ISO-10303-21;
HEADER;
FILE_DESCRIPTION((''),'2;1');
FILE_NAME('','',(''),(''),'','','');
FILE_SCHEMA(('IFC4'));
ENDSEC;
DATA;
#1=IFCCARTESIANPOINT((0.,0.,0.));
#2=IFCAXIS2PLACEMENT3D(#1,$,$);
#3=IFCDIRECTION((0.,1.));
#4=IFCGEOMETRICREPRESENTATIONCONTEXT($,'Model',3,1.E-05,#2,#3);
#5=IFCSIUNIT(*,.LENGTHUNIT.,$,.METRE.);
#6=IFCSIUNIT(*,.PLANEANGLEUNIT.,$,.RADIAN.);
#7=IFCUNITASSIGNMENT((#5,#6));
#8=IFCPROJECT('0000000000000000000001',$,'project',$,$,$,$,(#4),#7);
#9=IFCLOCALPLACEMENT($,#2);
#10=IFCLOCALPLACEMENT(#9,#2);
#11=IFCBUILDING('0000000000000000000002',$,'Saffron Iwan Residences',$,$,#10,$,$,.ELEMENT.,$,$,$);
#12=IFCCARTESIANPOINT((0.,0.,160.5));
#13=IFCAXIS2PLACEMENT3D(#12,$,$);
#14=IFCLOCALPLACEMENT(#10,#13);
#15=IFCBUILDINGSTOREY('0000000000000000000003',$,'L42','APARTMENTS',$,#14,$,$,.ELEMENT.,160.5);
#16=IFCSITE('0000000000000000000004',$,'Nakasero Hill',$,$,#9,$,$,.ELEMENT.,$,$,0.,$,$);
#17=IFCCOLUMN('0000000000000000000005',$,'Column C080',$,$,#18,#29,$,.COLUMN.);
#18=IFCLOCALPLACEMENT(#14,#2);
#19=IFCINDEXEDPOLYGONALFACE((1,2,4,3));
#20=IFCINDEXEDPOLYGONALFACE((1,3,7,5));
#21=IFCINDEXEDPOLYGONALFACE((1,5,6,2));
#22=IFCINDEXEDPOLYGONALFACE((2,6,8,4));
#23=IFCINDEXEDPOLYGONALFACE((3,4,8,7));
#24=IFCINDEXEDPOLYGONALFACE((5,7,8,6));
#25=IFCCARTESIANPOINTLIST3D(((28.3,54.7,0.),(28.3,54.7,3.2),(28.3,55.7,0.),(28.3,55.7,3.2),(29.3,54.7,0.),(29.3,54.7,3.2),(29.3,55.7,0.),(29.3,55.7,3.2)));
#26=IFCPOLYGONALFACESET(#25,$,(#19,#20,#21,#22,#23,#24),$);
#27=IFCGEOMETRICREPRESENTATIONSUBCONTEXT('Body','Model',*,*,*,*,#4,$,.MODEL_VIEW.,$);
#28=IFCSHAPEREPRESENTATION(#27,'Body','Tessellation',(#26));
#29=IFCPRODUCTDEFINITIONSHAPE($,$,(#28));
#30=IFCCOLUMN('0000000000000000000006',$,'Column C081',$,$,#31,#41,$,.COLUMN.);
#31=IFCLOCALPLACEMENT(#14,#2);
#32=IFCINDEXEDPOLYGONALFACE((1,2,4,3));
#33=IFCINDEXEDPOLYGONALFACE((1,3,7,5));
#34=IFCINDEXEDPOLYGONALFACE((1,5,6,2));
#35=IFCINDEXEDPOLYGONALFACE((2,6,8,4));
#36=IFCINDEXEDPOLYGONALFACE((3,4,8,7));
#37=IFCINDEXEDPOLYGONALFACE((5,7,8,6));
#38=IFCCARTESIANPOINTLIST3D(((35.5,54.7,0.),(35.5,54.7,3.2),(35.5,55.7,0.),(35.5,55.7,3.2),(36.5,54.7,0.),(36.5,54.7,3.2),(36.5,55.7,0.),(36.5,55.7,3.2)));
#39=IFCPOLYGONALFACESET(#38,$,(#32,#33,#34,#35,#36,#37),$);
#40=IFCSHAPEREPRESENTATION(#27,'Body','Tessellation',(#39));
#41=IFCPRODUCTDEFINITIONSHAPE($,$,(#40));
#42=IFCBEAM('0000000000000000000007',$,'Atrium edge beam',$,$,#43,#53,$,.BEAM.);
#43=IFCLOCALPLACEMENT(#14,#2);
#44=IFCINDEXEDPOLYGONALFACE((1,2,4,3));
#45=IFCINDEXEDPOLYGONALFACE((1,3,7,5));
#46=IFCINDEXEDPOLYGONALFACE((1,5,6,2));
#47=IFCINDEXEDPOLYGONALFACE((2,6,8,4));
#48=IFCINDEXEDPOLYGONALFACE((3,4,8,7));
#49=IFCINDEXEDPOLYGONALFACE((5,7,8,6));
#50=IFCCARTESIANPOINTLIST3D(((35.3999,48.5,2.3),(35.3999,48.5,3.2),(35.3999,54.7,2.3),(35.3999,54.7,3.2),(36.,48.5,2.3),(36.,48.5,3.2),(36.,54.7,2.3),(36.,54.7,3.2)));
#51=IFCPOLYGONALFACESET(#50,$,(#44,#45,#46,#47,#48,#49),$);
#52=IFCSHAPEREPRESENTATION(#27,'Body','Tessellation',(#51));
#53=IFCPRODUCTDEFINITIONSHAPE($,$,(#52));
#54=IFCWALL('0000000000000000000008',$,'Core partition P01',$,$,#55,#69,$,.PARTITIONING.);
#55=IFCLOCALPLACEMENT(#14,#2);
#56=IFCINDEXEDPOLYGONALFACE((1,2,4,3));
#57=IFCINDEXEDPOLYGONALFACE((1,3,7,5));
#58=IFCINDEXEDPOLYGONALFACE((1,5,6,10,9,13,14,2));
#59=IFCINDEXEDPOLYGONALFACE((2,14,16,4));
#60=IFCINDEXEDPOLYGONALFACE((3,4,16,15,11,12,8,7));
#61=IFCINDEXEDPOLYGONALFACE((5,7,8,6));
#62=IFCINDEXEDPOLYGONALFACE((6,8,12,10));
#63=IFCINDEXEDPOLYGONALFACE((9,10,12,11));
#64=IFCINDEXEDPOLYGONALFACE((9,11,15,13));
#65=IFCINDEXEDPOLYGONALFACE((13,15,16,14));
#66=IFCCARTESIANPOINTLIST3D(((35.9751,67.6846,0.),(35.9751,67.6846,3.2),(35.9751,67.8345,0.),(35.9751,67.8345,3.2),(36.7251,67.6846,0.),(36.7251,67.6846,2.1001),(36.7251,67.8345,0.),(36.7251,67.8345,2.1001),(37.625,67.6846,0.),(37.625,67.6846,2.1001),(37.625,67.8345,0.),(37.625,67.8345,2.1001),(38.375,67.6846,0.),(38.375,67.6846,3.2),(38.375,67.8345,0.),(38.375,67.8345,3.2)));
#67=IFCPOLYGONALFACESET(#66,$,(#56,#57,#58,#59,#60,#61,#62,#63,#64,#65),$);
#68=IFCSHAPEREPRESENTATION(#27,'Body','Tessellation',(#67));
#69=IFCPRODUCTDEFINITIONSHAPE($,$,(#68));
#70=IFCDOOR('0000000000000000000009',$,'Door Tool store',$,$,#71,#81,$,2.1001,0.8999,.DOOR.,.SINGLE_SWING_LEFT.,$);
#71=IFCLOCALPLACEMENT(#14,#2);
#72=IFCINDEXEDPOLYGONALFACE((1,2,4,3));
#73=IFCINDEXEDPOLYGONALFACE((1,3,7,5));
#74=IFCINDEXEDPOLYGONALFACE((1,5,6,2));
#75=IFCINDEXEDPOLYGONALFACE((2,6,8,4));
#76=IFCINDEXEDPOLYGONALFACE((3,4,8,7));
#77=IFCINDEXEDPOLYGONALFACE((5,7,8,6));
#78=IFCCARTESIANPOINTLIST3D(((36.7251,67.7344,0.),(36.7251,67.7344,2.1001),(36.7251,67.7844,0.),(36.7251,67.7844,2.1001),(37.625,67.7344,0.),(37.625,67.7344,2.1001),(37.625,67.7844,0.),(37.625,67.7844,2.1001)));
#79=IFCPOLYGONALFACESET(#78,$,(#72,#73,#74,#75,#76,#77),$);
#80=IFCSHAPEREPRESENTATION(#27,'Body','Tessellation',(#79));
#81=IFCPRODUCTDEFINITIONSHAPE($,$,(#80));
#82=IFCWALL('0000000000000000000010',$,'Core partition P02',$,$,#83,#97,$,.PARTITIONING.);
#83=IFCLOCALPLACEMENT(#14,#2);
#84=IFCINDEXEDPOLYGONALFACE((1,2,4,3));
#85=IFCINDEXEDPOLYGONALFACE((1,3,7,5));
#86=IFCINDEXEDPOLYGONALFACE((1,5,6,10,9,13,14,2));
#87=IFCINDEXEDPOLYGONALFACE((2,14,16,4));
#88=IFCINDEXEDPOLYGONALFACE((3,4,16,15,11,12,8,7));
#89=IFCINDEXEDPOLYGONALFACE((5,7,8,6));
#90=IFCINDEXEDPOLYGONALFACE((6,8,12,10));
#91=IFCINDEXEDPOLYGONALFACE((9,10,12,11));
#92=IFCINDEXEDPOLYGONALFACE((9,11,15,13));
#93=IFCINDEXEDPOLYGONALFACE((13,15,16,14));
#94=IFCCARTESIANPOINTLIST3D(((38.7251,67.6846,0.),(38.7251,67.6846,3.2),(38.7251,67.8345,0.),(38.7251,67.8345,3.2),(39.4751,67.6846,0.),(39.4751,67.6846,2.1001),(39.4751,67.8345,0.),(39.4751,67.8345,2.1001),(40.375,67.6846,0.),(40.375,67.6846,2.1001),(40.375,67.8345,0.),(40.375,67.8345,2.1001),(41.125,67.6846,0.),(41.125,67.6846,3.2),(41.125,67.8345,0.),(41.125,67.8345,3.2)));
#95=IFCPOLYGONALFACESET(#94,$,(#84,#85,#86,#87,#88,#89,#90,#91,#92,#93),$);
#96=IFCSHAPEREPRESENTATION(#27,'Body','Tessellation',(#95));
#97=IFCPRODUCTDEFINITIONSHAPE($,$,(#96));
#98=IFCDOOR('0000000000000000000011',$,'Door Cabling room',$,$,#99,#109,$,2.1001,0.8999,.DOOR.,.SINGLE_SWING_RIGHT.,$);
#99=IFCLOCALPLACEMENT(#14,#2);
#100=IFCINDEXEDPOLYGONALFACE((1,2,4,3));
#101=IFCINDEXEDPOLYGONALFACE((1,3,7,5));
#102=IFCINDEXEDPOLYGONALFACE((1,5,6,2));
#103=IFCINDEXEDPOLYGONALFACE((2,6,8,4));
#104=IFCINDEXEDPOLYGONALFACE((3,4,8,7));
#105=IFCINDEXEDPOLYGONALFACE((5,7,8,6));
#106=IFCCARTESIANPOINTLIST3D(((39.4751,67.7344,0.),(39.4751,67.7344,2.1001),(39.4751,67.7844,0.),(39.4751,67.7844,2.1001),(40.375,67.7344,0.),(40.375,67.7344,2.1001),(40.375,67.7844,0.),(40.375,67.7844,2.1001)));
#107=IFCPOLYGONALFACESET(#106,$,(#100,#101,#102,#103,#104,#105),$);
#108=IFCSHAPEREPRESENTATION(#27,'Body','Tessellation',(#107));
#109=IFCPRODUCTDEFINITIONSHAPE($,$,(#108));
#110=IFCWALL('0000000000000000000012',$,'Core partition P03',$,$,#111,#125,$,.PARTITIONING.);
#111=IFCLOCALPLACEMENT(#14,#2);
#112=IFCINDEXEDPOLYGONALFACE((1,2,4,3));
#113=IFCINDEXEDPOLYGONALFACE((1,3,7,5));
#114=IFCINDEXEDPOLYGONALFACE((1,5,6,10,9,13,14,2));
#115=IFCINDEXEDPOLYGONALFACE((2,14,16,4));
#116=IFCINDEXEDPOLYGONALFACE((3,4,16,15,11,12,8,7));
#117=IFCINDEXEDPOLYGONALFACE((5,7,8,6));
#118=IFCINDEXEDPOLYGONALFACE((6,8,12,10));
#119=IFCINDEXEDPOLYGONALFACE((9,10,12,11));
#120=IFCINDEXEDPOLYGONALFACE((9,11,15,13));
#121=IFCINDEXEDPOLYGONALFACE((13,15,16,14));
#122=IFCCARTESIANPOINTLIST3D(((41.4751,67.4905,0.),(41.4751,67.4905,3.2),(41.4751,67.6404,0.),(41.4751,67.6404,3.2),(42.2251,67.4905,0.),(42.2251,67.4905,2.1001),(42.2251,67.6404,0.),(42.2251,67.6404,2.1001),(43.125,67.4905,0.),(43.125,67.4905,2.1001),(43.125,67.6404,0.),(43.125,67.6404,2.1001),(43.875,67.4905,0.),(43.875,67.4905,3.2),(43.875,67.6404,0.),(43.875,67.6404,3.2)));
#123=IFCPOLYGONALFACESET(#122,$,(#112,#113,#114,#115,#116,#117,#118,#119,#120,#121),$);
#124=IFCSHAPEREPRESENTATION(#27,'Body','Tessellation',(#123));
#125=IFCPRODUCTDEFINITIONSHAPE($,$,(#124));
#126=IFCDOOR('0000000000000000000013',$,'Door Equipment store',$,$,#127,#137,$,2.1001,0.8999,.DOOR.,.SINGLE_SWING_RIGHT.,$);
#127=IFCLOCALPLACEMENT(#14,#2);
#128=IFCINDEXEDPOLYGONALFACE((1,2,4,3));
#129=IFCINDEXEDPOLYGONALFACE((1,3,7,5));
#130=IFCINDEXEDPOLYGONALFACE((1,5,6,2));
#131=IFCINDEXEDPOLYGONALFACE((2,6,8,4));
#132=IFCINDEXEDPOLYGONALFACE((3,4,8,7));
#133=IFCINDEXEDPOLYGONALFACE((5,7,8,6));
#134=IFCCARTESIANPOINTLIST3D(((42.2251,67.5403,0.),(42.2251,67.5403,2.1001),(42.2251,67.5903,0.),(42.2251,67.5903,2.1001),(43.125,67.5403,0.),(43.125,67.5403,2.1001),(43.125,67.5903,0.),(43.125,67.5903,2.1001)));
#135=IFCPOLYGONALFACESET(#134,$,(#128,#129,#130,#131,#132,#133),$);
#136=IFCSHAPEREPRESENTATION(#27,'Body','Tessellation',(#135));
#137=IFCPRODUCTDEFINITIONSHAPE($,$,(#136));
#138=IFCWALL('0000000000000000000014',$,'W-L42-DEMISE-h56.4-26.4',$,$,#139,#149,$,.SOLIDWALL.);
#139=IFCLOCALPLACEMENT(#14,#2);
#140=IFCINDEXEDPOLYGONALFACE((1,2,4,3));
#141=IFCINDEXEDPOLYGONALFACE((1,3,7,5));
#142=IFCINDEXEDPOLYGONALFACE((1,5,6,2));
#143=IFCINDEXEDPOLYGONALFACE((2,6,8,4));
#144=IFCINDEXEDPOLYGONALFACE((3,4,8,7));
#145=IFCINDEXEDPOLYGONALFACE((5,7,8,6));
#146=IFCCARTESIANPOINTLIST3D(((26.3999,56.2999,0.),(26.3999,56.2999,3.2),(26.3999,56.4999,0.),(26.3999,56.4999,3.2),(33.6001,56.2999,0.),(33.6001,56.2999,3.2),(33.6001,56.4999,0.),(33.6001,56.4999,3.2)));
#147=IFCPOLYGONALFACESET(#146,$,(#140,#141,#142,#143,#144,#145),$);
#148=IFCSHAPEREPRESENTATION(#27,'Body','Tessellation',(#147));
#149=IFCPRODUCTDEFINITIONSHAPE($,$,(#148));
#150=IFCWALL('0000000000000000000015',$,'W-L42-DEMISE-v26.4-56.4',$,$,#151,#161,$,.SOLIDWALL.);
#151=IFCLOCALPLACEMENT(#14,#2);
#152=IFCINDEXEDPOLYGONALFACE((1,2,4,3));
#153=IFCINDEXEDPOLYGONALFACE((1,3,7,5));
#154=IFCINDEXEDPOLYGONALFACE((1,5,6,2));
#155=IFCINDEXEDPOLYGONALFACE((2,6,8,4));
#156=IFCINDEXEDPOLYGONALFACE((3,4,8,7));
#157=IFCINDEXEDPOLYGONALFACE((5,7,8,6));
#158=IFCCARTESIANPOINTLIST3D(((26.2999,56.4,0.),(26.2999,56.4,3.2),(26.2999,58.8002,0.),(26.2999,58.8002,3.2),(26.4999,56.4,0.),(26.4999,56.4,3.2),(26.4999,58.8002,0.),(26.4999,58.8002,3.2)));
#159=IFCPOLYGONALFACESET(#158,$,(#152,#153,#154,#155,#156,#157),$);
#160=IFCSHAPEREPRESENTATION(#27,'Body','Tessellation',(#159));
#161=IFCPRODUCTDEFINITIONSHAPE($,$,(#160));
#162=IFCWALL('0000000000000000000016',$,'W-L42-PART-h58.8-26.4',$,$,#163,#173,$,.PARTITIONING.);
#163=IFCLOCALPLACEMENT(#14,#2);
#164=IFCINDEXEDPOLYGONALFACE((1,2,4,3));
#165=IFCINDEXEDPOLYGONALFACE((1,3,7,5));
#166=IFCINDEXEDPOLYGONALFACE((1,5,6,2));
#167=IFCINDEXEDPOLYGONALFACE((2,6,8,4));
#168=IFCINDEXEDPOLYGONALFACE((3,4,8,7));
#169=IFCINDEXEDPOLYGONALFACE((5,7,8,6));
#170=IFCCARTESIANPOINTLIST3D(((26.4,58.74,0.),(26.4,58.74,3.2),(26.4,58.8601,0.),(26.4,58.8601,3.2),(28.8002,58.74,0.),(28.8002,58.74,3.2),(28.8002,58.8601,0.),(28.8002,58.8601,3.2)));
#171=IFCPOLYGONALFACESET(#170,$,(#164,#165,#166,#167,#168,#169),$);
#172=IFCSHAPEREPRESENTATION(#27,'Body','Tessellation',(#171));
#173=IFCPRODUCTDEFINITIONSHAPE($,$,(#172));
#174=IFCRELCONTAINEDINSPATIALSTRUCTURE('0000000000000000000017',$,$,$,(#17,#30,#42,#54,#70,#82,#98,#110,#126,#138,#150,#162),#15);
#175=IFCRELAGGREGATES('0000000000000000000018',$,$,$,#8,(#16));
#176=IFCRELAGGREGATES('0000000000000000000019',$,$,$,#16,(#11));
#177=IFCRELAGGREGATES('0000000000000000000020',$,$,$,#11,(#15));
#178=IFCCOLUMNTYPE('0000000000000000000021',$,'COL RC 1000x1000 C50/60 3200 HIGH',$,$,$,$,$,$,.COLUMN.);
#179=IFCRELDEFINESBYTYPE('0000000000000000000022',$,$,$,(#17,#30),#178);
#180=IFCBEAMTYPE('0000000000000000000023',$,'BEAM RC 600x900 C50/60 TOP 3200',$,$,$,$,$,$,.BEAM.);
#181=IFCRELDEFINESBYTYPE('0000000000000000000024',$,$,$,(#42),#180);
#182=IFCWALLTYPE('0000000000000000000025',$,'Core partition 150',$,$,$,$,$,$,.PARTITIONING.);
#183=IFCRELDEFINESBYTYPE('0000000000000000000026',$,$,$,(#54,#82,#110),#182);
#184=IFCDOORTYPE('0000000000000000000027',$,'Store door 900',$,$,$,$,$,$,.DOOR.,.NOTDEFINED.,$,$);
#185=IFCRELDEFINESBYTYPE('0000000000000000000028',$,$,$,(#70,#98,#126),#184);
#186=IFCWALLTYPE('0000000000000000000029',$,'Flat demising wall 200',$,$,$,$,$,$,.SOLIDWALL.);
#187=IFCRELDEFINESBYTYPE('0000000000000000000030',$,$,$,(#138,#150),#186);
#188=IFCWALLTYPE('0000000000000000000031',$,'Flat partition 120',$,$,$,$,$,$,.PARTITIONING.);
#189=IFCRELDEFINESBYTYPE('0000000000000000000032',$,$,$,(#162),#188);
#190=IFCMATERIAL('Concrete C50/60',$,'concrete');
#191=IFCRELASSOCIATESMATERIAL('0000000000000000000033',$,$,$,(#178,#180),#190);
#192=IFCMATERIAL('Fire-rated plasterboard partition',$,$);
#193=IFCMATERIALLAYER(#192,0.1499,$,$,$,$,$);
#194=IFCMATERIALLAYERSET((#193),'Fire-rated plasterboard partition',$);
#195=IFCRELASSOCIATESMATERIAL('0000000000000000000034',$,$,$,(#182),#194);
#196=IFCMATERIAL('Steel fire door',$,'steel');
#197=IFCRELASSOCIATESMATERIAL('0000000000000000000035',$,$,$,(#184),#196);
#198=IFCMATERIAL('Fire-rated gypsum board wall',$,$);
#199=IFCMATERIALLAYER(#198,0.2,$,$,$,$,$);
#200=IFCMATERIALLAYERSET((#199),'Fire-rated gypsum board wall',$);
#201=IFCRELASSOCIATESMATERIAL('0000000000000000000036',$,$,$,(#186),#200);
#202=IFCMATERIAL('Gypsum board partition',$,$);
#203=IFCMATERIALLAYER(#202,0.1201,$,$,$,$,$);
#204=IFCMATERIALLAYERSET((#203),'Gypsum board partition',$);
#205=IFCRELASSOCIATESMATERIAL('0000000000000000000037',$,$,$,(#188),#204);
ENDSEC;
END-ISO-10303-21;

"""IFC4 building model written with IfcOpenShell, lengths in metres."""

from ifc_helpers import new_model, si_unit, direction, frame, frame_2d, origin, origin_2d, place, context, subcontext, project, spatial, rectangle, extrude, source, transform, mapped, material, layer, layer_set, material_profile, profile_set, type_object, element, fill, save


model = new_model("IFC4")

# Units and contexts
model_context = context("Model", 3, precision=1e-05, world=origin(), true_north=direction((0.0, 1.0)))
body_context = subcontext(model_context, "Body", "Model", "MODEL_VIEW")
ifc_project = project(units=[si_unit("LENGTHUNIT", "METRE"), si_unit("PLANEANGLEUNIT", "RADIAN")], contexts=[model_context])

# Site, building, storey
site_placement = place(None, origin())
site = spatial("IfcSite", under=ifc_project, at=site_placement, Name="Nakasero Hill", CompositionType="ELEMENT", RefElevation=0.0)
building_placement = place(site_placement, origin())
building = spatial("IfcBuilding", under=site, at=building_placement, Name="Saffron Iwan Residences", CompositionType="ELEMENT")
storey_placement = place(building_placement, frame((0.0, 0.0, 160.5)))
storey = spatial("IfcBuildingStorey", under=building, at=storey_placement, Name="L42", Description="APARTMENTS", CompositionType="ELEMENT", Elevation=160.5)

# Columns
ifc_material_1 = material(Name="Concrete C50/60", Category="concrete")
ifc_material_profile_1 = material_profile(ifc_material_1, rectangle(XDim=1.0, YDim=1.0, at=origin_2d()), Name="RC 1000x1000")
ifc_profile_set_1 = profile_set([ifc_material_profile_1], Name="Concrete C50/60")
column_type = type_object("IfcColumnType", Name="COL RC 1000x1000 C50/60 3200 HIGH", PredefinedType="COLUMN", material=ifc_profile_set_1)
shared_shape_1 = source(origin(), body_context, "Body", "SweptSolid", [
    extrude(rectangle(XDim=1.0, YDim=1.0, at=origin_2d()), origin(), (0.0, 0.0, 1.0), 3.2),
])
for number, where, z_axis, x_axis, name in (
    (1, (28.8, 55.2, 0.0), (0.0, 0.0, 1.0), (1.0, 0.0, 0.0), "Column C080"),
    (2, (36.0, 55.2, 0.0), (0.0, 0.0, 1.0), (1.0, 0.0, 0.0), "Column C081"),
):
    element("IfcColumn", number, at=place(storey_placement, frame(where, z_axis=z_axis, x_axis=x_axis)), inside=storey, type_object=column_type, Name=name, PredefinedType="COLUMN", context=body_context, shape_type="MappedRepresentation", body=[
        mapped(shared_shape_1, transform((0.0, 0.0, 0.0))),
    ])

# Beam
ifc_material_profile_2 = material_profile(ifc_material_1, rectangle(XDim=0.6001, YDim=0.8999, at=origin_2d()), Name="RC 600x900")
ifc_profile_set_2 = profile_set([ifc_material_profile_2], Name="Concrete C50/60")
beam_type = type_object("IfcBeamType", Name="BEAM RC 600x900 C50/60 TOP 3200", PredefinedType="BEAM", material=ifc_profile_set_2)
shared_shape_2 = source(origin(), body_context, "Body", "SweptSolid", [
    extrude(rectangle(XDim=0.6001, YDim=0.8999, at=origin_2d()), origin(), (0.0, 0.0, 1.0), 6.2),
])
beam_placement = place(storey_placement, frame((35.7, 48.5, 2.75), z_axis=(0.0, 1.0, 0.0), x_axis=(-1.0, 0.0, 0.0)))
element("IfcBeam", 3, at=beam_placement, inside=storey, type_object=beam_type, Name="Atrium edge beam", PredefinedType="BEAM", context=body_context, shape_type="MappedRepresentation", body=[
    mapped(shared_shape_2, transform((0.0, 0.0, 0.0))),
])

# Walls, openings, doors
ifc_material_2 = material(Name="Fire-rated plasterboard partition")
ifc_layer_1 = layer(ifc_material_2, 0.1499)
ifc_layer_set_1 = layer_set([ifc_layer_1], Name="Fire-rated plasterboard partition")
wall_type_1 = type_object("IfcWallType", Name="Core partition 150", PredefinedType="PARTITIONING", material=ifc_layer_set_1)
wall_1_placement = place(storey_placement, frame((35.9751, 67.7595, 0.0), z_axis=(0.0, 0.0, 1.0), x_axis=(1.0, 0.0, 0.0)))
wall_1 = element("IfcWall", 4, at=wall_1_placement, inside=storey, type_object=wall_type_1, Name="Core partition P01", PredefinedType="PARTITIONING", context=body_context, shape_type="SweptSolid", body=[
    extrude(rectangle(XDim=2.3999, YDim=0.1499, at=frame_2d((1.2, 0.0))), origin(), (0.0, 0.0, 1.0), 3.2),
])
opening_1_placement = place(wall_1_placement, frame((0.75, 0.0, 0.0)))
opening_1 = element("IfcOpeningElement", 5, at=opening_1_placement, cuts=wall_1, PredefinedType="OPENING", context=body_context, shape_type="SweptSolid", body=[
    extrude(rectangle(XDim=0.8999, YDim=2.1001, at=frame_2d((0.45, 1.05))), frame((0.0, 0.085, 0.0), z_axis=(0.0, -1.0, 0.0), x_axis=(1.0, 0.0, 0.0)), (0.0, 0.0, 1.0), 0.1699),
])
ifc_material_3 = material(Name="Steel fire door", Category="steel")
door_type_1 = type_object("IfcDoorType", Name="Store door 900", OperationType="NOTDEFINED", PredefinedType="DOOR", material=ifc_material_3)
door_1_placement = place(opening_1_placement, origin())
door_1 = element("IfcDoor", 6, at=door_1_placement, inside=storey, type_object=door_type_1, Name="Door Tool store", OperationType="SINGLE_SWING_LEFT", OverallHeight=2.1001, OverallWidth=0.8999, PredefinedType="DOOR", context=body_context, shape_type="SweptSolid", body=[
    extrude(rectangle(XDim=0.8999, YDim=2.1001, at=frame_2d((0.45, 1.05))), frame((0.0, 0.0249, 0.0), z_axis=(0.0, -1.0, 0.0), x_axis=(1.0, 0.0, 0.0)), (0.0, 0.0, 1.0), 0.05),
])
fill(opening_1, door_1)
wall_2_placement = place(storey_placement, frame((38.7251, 67.7595, 0.0), z_axis=(0.0, 0.0, 1.0), x_axis=(1.0, 0.0, 0.0)))
wall_2 = element("IfcWall", 7, at=wall_2_placement, inside=storey, type_object=wall_type_1, Name="Core partition P02", PredefinedType="PARTITIONING", context=body_context, shape_type="SweptSolid", body=[
    extrude(rectangle(XDim=2.3999, YDim=0.1499, at=frame_2d((1.2, 0.0))), origin(), (0.0, 0.0, 1.0), 3.2),
])
opening_2_placement = place(wall_2_placement, frame((0.75, 0.0, 0.0)))
opening_2 = element("IfcOpeningElement", 8, at=opening_2_placement, cuts=wall_2, PredefinedType="OPENING", context=body_context, shape_type="SweptSolid", body=[
    extrude(rectangle(XDim=0.8999, YDim=2.1001, at=frame_2d((0.45, 1.05))), frame((0.0, 0.085, 0.0), z_axis=(0.0, -1.0, 0.0), x_axis=(1.0, 0.0, 0.0)), (0.0, 0.0, 1.0), 0.1699),
])
door_2_placement = place(opening_2_placement, origin())
door_2 = element("IfcDoor", 9, at=door_2_placement, inside=storey, type_object=door_type_1, Name="Door Cabling room", OperationType="SINGLE_SWING_RIGHT", OverallHeight=2.1001, OverallWidth=0.8999, PredefinedType="DOOR", context=body_context, shape_type="SweptSolid", body=[
    extrude(rectangle(XDim=0.8999, YDim=2.1001, at=frame_2d((0.45, 1.05))), frame((0.0, 0.0249, 0.0), z_axis=(0.0, -1.0, 0.0), x_axis=(1.0, 0.0, 0.0)), (0.0, 0.0, 1.0), 0.05),
])
fill(opening_2, door_2)
wall_3_placement = place(storey_placement, frame((41.4751, 67.5654, 0.0), z_axis=(0.0, 0.0, 1.0), x_axis=(1.0, 0.0, 0.0)))
wall_3 = element("IfcWall", 10, at=wall_3_placement, inside=storey, type_object=wall_type_1, Name="Core partition P03", PredefinedType="PARTITIONING", context=body_context, shape_type="SweptSolid", body=[
    extrude(rectangle(XDim=2.3999, YDim=0.1499, at=frame_2d((1.2, 0.0))), origin(), (0.0, 0.0, 1.0), 3.2),
])
opening_3_placement = place(wall_3_placement, frame((0.75, 0.0, 0.0)))
opening_3 = element("IfcOpeningElement", 11, at=opening_3_placement, cuts=wall_3, PredefinedType="OPENING", context=body_context, shape_type="SweptSolid", body=[
    extrude(rectangle(XDim=0.8999, YDim=2.1001, at=frame_2d((0.45, 1.05))), frame((0.0, 0.085, 0.0), z_axis=(0.0, -1.0, 0.0), x_axis=(1.0, 0.0, 0.0)), (0.0, 0.0, 1.0), 0.1699),
])
door_3_placement = place(opening_3_placement, origin())
door_3 = element("IfcDoor", 12, at=door_3_placement, inside=storey, type_object=door_type_1, Name="Door Equipment store", OperationType="SINGLE_SWING_RIGHT", OverallHeight=2.1001, OverallWidth=0.8999, PredefinedType="DOOR", context=body_context, shape_type="SweptSolid", body=[
    extrude(rectangle(XDim=0.8999, YDim=2.1001, at=frame_2d((0.45, 1.05))), frame((0.0, 0.0249, 0.0), z_axis=(0.0, -1.0, 0.0), x_axis=(1.0, 0.0, 0.0)), (0.0, 0.0, 1.0), 0.05),
])
fill(opening_3, door_3)

# Walls
ifc_material_4 = material(Name="Fire-rated gypsum board wall")
ifc_layer_2 = layer(ifc_material_4, 0.2)
ifc_layer_set_2 = layer_set([ifc_layer_2], Name="Fire-rated gypsum board wall")
wall_type_2 = type_object("IfcWallType", Name="Flat demising wall 200", PredefinedType="SOLIDWALL", material=ifc_layer_set_2)
wall_4_placement = place(storey_placement, frame((26.3999, 56.3999, 0.0), z_axis=(0.0, 0.0, 1.0), x_axis=(1.0, 0.0, 0.0)))
element("IfcWall", 13, at=wall_4_placement, inside=storey, type_object=wall_type_2, Name="W-L42-DEMISE-h56.4-26.4", PredefinedType="SOLIDWALL", context=body_context, shape_type="SweptSolid", body=[
    extrude(rectangle(XDim=7.2002, YDim=0.2, at=frame_2d((3.6001, 0.0))), origin(), (0.0, 0.0, 1.0), 3.2),
])
wall_5_placement = place(storey_placement, frame((26.3999, 56.3999, 0.0), z_axis=(0.0, 0.0, 1.0), x_axis=(0.0, 1.0, 0.0)))
element("IfcWall", 14, at=wall_5_placement, inside=storey, type_object=wall_type_2, Name="W-L42-DEMISE-v26.4-56.4", PredefinedType="SOLIDWALL", context=body_context, shape_type="SweptSolid", body=[
    extrude(rectangle(XDim=2.4001, YDim=0.2, at=frame_2d((1.2002, 0.0))), origin(), (0.0, 0.0, 1.0), 3.2),
])
ifc_material_5 = material(Name="Gypsum board partition")
ifc_layer_3 = layer(ifc_material_5, 0.1201)
ifc_layer_set_3 = layer_set([ifc_layer_3], Name="Gypsum board partition")
wall_type_3 = type_object("IfcWallType", Name="Flat partition 120", PredefinedType="PARTITIONING", material=ifc_layer_set_3)
wall_6_placement = place(storey_placement, frame((26.3999, 58.8, 0.0), z_axis=(0.0, 0.0, 1.0), x_axis=(1.0, 0.0, 0.0)))
element("IfcWall", 15, at=wall_6_placement, inside=storey, type_object=wall_type_3, Name="W-L42-PART-h58.8-26.4", PredefinedType="PARTITIONING", context=body_context, shape_type="SweptSolid", body=[
    extrude(rectangle(XDim=2.4001, YDim=0.1201, at=frame_2d((1.2002, 0.0))), origin(), (0.0, 0.0, 1.0), 3.2),
])

save(model, "model.ifc")
